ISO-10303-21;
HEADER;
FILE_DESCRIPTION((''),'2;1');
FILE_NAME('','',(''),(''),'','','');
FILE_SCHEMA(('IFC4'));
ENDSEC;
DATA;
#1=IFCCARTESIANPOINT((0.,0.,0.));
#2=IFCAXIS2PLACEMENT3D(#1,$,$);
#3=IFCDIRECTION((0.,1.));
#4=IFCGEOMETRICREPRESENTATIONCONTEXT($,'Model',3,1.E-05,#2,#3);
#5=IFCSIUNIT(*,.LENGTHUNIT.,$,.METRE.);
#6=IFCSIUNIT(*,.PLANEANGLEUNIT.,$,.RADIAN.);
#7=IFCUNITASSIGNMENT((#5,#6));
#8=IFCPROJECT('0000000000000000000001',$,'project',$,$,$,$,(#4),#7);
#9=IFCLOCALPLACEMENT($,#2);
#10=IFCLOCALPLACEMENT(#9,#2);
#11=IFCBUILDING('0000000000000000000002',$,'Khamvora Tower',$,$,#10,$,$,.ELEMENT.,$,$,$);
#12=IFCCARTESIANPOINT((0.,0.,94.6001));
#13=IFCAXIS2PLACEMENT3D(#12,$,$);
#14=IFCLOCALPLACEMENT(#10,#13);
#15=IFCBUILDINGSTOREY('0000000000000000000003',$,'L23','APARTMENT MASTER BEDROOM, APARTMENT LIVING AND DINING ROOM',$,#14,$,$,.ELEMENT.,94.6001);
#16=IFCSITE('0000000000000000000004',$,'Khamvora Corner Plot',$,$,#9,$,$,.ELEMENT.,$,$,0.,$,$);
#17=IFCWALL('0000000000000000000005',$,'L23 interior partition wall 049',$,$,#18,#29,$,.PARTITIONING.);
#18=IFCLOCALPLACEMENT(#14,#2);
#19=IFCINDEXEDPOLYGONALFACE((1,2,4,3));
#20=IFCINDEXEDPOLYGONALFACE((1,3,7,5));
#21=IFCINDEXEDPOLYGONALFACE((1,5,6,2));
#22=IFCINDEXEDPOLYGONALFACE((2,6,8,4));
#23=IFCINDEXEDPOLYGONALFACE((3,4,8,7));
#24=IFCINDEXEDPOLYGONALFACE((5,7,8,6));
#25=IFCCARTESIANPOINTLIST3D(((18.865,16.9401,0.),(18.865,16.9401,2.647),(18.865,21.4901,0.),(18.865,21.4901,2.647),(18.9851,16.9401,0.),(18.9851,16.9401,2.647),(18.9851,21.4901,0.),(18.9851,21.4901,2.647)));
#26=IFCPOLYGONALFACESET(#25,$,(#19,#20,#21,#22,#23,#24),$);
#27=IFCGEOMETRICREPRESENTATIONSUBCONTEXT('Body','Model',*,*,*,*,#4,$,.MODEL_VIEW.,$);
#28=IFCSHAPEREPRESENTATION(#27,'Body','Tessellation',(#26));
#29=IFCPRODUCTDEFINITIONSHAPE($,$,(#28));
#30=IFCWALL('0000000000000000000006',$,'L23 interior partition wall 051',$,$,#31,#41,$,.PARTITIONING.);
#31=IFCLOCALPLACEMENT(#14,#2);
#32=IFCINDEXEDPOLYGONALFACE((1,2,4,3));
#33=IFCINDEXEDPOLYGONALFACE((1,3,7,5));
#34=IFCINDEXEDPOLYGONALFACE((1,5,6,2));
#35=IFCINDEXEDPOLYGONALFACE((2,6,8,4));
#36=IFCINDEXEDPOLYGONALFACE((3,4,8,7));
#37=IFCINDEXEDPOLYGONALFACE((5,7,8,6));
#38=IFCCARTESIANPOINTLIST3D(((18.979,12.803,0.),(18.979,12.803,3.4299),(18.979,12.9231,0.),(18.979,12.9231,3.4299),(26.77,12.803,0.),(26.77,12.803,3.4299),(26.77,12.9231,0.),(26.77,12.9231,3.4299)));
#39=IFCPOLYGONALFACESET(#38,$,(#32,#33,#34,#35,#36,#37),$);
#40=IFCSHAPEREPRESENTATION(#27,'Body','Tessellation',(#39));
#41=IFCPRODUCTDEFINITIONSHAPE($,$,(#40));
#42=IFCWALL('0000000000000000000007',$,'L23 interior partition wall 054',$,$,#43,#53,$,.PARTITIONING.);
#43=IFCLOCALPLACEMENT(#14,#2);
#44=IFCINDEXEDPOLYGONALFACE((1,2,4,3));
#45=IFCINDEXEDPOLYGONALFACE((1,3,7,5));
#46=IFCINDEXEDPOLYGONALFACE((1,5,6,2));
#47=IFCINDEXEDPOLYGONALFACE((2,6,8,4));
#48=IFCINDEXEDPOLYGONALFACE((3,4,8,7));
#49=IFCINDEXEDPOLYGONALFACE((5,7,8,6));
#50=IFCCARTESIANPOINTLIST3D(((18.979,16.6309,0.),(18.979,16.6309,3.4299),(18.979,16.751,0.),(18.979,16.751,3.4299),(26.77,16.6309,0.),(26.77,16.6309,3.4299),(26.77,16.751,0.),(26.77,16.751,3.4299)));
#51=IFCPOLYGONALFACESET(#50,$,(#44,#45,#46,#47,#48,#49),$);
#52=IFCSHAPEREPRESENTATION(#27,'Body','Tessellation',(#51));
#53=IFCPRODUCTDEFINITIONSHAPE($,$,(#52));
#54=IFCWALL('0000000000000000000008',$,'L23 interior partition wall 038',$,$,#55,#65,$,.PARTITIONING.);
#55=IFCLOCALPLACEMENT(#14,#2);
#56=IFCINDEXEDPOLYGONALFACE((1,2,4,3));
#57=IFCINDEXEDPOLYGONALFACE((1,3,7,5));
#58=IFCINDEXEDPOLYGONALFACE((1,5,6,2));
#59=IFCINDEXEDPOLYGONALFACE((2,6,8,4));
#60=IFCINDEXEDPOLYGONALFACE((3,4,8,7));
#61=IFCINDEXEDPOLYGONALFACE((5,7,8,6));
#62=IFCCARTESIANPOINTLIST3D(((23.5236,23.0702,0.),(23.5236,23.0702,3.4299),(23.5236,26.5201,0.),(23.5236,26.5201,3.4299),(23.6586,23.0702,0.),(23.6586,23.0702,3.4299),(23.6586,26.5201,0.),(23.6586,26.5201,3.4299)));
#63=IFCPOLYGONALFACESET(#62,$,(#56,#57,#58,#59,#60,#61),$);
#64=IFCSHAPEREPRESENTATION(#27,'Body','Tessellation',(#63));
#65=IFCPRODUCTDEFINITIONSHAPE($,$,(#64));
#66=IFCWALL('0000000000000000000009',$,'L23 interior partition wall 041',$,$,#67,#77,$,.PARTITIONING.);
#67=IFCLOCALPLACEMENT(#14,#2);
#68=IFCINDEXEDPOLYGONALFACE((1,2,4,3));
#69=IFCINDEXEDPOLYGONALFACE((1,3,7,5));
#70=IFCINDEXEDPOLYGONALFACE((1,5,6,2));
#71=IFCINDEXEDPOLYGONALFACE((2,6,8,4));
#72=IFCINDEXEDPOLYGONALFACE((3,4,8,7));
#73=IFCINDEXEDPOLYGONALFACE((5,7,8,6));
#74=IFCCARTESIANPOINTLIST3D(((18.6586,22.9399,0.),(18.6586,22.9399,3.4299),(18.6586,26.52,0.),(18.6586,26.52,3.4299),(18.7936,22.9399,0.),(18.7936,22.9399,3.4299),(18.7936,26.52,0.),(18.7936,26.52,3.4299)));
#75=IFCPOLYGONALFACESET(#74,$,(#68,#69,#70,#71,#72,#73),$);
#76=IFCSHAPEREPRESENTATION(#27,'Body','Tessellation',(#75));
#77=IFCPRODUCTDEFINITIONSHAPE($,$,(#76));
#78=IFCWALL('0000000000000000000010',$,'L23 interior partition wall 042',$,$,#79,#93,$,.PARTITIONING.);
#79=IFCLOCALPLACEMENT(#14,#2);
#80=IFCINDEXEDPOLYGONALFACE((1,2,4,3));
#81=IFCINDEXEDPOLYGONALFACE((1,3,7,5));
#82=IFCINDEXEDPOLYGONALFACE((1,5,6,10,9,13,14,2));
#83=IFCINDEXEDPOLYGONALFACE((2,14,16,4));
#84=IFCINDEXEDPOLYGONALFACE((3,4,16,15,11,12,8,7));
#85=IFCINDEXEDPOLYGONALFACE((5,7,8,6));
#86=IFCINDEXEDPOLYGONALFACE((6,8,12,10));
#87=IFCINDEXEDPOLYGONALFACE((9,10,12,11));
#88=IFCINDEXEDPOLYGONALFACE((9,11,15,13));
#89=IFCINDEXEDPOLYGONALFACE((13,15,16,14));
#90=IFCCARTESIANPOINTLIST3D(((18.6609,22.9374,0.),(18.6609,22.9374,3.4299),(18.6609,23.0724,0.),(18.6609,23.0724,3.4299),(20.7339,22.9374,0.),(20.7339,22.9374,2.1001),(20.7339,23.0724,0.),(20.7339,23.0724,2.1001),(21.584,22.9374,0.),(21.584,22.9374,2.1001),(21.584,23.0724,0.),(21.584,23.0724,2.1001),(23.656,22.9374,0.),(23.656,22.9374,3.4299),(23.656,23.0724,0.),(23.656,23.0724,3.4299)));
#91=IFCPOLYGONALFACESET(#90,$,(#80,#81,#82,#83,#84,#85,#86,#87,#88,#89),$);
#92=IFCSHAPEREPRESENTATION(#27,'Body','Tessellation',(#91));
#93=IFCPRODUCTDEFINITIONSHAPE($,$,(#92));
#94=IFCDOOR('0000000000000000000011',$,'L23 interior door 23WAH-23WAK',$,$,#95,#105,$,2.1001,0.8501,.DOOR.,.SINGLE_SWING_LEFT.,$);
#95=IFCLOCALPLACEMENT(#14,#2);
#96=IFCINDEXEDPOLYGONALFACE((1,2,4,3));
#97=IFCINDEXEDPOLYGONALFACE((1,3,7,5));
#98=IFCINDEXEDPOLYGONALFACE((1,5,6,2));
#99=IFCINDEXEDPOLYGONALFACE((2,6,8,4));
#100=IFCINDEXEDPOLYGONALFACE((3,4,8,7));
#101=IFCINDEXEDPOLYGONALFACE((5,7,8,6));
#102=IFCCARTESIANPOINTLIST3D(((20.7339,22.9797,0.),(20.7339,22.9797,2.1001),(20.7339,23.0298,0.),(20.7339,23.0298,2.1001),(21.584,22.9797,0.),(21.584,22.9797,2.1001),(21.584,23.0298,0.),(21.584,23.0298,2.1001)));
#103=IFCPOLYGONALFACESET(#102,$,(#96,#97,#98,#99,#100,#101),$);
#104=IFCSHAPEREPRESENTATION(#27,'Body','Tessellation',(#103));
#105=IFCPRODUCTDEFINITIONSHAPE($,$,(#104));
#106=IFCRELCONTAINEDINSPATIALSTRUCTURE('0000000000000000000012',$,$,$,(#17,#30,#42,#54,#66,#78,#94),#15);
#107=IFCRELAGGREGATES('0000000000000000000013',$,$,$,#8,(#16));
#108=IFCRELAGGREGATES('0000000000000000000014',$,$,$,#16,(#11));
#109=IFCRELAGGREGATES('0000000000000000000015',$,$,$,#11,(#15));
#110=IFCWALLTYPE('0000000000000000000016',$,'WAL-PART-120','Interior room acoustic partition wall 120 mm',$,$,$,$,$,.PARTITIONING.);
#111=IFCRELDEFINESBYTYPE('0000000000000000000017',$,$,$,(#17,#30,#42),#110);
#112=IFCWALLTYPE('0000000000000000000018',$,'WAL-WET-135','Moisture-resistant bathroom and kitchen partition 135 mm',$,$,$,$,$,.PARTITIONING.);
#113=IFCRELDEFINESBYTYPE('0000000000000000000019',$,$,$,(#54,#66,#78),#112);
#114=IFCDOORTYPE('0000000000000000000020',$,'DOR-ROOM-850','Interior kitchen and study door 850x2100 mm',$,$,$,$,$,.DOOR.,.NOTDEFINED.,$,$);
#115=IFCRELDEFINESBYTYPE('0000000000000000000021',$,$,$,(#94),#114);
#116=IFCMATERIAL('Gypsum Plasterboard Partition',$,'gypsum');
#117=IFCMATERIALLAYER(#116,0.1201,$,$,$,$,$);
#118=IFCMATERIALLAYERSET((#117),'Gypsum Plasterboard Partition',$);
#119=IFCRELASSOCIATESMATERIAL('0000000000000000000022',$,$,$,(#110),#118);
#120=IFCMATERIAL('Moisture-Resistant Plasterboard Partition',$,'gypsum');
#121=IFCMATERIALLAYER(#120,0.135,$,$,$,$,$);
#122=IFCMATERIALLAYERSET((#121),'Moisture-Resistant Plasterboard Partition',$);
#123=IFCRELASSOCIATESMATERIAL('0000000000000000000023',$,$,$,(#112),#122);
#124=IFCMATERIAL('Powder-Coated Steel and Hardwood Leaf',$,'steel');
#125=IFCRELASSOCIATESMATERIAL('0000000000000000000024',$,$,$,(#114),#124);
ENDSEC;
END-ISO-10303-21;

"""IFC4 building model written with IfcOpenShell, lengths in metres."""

from ifc_helpers import new_model, si_unit, direction, frame, frame_2d, origin, place, context, subcontext, project, spatial, rectangle, extrude, material, layer, layer_set, type_object, element, fill, save


model = new_model("IFC4")

# Units and contexts
model_context = context("Model", 3, precision=1e-05, world=origin(), true_north=direction((0.0, 1.0)))
body_context = subcontext(model_context, "Body", "Model", "MODEL_VIEW")
ifc_project = project(units=[si_unit("LENGTHUNIT", "METRE"), si_unit("PLANEANGLEUNIT", "RADIAN")], contexts=[model_context])

# Site, building, storey
site_placement = place(None, origin())
site = spatial("IfcSite", under=ifc_project, at=site_placement, Name="Khamvora Corner Plot", CompositionType="ELEMENT", RefElevation=0.0)
building_placement = place(site_placement, origin())
building = spatial("IfcBuilding", under=site, at=building_placement, Name="Khamvora Tower", CompositionType="ELEMENT")
storey_placement = place(building_placement, frame((0.0, 0.0, 94.6001)))
storey = spatial("IfcBuildingStorey", under=building, at=storey_placement, Name="L23", Description="APARTMENT MASTER BEDROOM, APARTMENT LIVING AND DINING ROOM", CompositionType="ELEMENT", Elevation=94.6001)

# Shared definitions
ifc_material_1 = material(Name="Powder-Coated Steel and Hardwood Leaf", Category="steel")

# Shared definitions
ifc_material_2 = material(Name="Gypsum Plasterboard Partition", Category="gypsum")
ifc_layer_1 = layer(ifc_material_2, 0.1201)
ifc_layer_set_1 = layer_set([ifc_layer_1], Name="Gypsum Plasterboard Partition")
wall_type_1 = type_object("IfcWallType", Name="WAL-PART-120", Description="Interior room acoustic partition wall 120 mm", PredefinedType="PARTITIONING", material=ifc_layer_set_1)

# Walls
wall_1_placement = place(storey_placement, frame((18.925, 21.49, 0.0), z_axis=(0.0, 0.0, 1.0), x_axis=(0.0, -1.0, 0.0)))
element("IfcWall", 1, at=wall_1_placement, inside=storey, type_object=wall_type_1, Name="L23 interior partition wall 049", PredefinedType="PARTITIONING", context=body_context, shape_type="SweptSolid", body=[
    extrude(rectangle(XDim=4.55, YDim=0.1201, at=frame_2d((2.2749, 0.0))), origin(), (0.0, 0.0, 1.0), 2.647),
])
for number, where, z_axis, x_axis, name in (
    (2, (18.979, 12.863, 0.0), (0.0, 0.0, 1.0), (1.0, 0.0, 0.0), "L23 interior partition wall 051"),
    (3, (18.979, 16.6909, 0.0), (0.0, 0.0, 1.0), (1.0, 0.0, 0.0), "L23 interior partition wall 054"),
):
    element("IfcWall", number, at=place(storey_placement, frame(where, z_axis=z_axis, x_axis=x_axis)), inside=storey, type_object=wall_type_1, Name=name, PredefinedType="PARTITIONING", context=body_context, shape_type="SweptSolid", body=[
        extrude(rectangle(XDim=7.791, YDim=0.1201, at=frame_2d((3.8955, 0.0))), origin(), (0.0, 0.0, 1.0), 3.4299),
    ])
ifc_material_3 = material(Name="Moisture-Resistant Plasterboard Partition", Category="gypsum")
ifc_layer_2 = layer(ifc_material_3, 0.135)
ifc_layer_set_2 = layer_set([ifc_layer_2], Name="Moisture-Resistant Plasterboard Partition")
wall_type_2 = type_object("IfcWallType", Name="WAL-WET-135", Description="Moisture-resistant bathroom and kitchen partition 135 mm", PredefinedType="PARTITIONING", material=ifc_layer_set_2)
wall_2_placement = place(storey_placement, frame((23.5911, 23.0701, 0.0), z_axis=(0.0, 0.0, 1.0), x_axis=(0.0, 1.0, 0.0)))
element("IfcWall", 4, at=wall_2_placement, inside=storey, type_object=wall_type_2, Name="L23 interior partition wall 038", PredefinedType="PARTITIONING", context=body_context, shape_type="SweptSolid", body=[
    extrude(rectangle(XDim=3.45, YDim=0.135, at=frame_2d((1.7251, 0.0))), origin(), (0.0, 0.0, 1.0), 3.4299),
])
wall_3_placement = place(storey_placement, frame((18.7261, 26.52, 0.0), z_axis=(0.0, 0.0, 1.0), x_axis=(0.0, -1.0, 0.0)))
element("IfcWall", 5, at=wall_3_placement, inside=storey, type_object=wall_type_2, Name="L23 interior partition wall 041", PredefinedType="PARTITIONING", context=body_context, shape_type="SweptSolid", body=[
    extrude(rectangle(XDim=3.5801, YDim=0.135, at=frame_2d((1.79, 0.0))), origin(), (0.0, 0.0, 1.0), 3.4299),
])

# Wall, opening, door
wall_4_placement = place(storey_placement, frame((18.6609, 23.0049, 0.0), z_axis=(0.0, 0.0, 1.0), x_axis=(1.0, 0.0, 0.0)))
wall_4 = element("IfcWall", 6, at=wall_4_placement, inside=storey, type_object=wall_type_2, Name="L23 interior partition wall 042", PredefinedType="PARTITIONING", context=body_context, shape_type="SweptSolid", body=[
    extrude(rectangle(XDim=4.9951, YDim=0.135, at=frame_2d((2.4976, 0.0))), origin(), (0.0, 0.0, 1.0), 3.4299),
])
opening_1_placement = place(wall_4_placement, frame((2.073, 0.0, 0.0)))
opening_1 = element("IfcOpeningElement", 7, at=opening_1_placement, cuts=wall_4, PredefinedType="OPENING", context=body_context, shape_type="SweptSolid", body=[
    extrude(rectangle(XDim=0.8501, YDim=2.1001, at=frame_2d((0.425, 1.05))), frame((0.0, 0.0774, 0.0), z_axis=(0.0, -1.0, 0.0), x_axis=(1.0, 0.0, 0.0)), (0.0, 0.0, 1.0), 0.155),
])
door_type_1 = type_object("IfcDoorType", Name="DOR-ROOM-850", Description="Interior kitchen and study door 850x2100 mm", OperationType="NOTDEFINED", PredefinedType="DOOR", material=ifc_material_1)
door_1_placement = place(opening_1_placement, origin())
door_1 = element("IfcDoor", 8, at=door_1_placement, inside=storey, type_object=door_type_1, Name="L23 interior door 23WAH-23WAK", OperationType="SINGLE_SWING_LEFT", OverallHeight=2.1001, OverallWidth=0.8501, PredefinedType="DOOR", context=body_context, shape_type="SweptSolid", body=[
    extrude(rectangle(XDim=0.8501, YDim=2.1001, at=frame_2d((0.425, 1.05))), frame((0.0, 0.0249, 0.0), z_axis=(0.0, -1.0, 0.0), x_axis=(1.0, 0.0, 0.0)), (0.0, 0.0, 1.0), 0.05),
])
fill(opening_1, door_1)

save(model, "model.ifc")
